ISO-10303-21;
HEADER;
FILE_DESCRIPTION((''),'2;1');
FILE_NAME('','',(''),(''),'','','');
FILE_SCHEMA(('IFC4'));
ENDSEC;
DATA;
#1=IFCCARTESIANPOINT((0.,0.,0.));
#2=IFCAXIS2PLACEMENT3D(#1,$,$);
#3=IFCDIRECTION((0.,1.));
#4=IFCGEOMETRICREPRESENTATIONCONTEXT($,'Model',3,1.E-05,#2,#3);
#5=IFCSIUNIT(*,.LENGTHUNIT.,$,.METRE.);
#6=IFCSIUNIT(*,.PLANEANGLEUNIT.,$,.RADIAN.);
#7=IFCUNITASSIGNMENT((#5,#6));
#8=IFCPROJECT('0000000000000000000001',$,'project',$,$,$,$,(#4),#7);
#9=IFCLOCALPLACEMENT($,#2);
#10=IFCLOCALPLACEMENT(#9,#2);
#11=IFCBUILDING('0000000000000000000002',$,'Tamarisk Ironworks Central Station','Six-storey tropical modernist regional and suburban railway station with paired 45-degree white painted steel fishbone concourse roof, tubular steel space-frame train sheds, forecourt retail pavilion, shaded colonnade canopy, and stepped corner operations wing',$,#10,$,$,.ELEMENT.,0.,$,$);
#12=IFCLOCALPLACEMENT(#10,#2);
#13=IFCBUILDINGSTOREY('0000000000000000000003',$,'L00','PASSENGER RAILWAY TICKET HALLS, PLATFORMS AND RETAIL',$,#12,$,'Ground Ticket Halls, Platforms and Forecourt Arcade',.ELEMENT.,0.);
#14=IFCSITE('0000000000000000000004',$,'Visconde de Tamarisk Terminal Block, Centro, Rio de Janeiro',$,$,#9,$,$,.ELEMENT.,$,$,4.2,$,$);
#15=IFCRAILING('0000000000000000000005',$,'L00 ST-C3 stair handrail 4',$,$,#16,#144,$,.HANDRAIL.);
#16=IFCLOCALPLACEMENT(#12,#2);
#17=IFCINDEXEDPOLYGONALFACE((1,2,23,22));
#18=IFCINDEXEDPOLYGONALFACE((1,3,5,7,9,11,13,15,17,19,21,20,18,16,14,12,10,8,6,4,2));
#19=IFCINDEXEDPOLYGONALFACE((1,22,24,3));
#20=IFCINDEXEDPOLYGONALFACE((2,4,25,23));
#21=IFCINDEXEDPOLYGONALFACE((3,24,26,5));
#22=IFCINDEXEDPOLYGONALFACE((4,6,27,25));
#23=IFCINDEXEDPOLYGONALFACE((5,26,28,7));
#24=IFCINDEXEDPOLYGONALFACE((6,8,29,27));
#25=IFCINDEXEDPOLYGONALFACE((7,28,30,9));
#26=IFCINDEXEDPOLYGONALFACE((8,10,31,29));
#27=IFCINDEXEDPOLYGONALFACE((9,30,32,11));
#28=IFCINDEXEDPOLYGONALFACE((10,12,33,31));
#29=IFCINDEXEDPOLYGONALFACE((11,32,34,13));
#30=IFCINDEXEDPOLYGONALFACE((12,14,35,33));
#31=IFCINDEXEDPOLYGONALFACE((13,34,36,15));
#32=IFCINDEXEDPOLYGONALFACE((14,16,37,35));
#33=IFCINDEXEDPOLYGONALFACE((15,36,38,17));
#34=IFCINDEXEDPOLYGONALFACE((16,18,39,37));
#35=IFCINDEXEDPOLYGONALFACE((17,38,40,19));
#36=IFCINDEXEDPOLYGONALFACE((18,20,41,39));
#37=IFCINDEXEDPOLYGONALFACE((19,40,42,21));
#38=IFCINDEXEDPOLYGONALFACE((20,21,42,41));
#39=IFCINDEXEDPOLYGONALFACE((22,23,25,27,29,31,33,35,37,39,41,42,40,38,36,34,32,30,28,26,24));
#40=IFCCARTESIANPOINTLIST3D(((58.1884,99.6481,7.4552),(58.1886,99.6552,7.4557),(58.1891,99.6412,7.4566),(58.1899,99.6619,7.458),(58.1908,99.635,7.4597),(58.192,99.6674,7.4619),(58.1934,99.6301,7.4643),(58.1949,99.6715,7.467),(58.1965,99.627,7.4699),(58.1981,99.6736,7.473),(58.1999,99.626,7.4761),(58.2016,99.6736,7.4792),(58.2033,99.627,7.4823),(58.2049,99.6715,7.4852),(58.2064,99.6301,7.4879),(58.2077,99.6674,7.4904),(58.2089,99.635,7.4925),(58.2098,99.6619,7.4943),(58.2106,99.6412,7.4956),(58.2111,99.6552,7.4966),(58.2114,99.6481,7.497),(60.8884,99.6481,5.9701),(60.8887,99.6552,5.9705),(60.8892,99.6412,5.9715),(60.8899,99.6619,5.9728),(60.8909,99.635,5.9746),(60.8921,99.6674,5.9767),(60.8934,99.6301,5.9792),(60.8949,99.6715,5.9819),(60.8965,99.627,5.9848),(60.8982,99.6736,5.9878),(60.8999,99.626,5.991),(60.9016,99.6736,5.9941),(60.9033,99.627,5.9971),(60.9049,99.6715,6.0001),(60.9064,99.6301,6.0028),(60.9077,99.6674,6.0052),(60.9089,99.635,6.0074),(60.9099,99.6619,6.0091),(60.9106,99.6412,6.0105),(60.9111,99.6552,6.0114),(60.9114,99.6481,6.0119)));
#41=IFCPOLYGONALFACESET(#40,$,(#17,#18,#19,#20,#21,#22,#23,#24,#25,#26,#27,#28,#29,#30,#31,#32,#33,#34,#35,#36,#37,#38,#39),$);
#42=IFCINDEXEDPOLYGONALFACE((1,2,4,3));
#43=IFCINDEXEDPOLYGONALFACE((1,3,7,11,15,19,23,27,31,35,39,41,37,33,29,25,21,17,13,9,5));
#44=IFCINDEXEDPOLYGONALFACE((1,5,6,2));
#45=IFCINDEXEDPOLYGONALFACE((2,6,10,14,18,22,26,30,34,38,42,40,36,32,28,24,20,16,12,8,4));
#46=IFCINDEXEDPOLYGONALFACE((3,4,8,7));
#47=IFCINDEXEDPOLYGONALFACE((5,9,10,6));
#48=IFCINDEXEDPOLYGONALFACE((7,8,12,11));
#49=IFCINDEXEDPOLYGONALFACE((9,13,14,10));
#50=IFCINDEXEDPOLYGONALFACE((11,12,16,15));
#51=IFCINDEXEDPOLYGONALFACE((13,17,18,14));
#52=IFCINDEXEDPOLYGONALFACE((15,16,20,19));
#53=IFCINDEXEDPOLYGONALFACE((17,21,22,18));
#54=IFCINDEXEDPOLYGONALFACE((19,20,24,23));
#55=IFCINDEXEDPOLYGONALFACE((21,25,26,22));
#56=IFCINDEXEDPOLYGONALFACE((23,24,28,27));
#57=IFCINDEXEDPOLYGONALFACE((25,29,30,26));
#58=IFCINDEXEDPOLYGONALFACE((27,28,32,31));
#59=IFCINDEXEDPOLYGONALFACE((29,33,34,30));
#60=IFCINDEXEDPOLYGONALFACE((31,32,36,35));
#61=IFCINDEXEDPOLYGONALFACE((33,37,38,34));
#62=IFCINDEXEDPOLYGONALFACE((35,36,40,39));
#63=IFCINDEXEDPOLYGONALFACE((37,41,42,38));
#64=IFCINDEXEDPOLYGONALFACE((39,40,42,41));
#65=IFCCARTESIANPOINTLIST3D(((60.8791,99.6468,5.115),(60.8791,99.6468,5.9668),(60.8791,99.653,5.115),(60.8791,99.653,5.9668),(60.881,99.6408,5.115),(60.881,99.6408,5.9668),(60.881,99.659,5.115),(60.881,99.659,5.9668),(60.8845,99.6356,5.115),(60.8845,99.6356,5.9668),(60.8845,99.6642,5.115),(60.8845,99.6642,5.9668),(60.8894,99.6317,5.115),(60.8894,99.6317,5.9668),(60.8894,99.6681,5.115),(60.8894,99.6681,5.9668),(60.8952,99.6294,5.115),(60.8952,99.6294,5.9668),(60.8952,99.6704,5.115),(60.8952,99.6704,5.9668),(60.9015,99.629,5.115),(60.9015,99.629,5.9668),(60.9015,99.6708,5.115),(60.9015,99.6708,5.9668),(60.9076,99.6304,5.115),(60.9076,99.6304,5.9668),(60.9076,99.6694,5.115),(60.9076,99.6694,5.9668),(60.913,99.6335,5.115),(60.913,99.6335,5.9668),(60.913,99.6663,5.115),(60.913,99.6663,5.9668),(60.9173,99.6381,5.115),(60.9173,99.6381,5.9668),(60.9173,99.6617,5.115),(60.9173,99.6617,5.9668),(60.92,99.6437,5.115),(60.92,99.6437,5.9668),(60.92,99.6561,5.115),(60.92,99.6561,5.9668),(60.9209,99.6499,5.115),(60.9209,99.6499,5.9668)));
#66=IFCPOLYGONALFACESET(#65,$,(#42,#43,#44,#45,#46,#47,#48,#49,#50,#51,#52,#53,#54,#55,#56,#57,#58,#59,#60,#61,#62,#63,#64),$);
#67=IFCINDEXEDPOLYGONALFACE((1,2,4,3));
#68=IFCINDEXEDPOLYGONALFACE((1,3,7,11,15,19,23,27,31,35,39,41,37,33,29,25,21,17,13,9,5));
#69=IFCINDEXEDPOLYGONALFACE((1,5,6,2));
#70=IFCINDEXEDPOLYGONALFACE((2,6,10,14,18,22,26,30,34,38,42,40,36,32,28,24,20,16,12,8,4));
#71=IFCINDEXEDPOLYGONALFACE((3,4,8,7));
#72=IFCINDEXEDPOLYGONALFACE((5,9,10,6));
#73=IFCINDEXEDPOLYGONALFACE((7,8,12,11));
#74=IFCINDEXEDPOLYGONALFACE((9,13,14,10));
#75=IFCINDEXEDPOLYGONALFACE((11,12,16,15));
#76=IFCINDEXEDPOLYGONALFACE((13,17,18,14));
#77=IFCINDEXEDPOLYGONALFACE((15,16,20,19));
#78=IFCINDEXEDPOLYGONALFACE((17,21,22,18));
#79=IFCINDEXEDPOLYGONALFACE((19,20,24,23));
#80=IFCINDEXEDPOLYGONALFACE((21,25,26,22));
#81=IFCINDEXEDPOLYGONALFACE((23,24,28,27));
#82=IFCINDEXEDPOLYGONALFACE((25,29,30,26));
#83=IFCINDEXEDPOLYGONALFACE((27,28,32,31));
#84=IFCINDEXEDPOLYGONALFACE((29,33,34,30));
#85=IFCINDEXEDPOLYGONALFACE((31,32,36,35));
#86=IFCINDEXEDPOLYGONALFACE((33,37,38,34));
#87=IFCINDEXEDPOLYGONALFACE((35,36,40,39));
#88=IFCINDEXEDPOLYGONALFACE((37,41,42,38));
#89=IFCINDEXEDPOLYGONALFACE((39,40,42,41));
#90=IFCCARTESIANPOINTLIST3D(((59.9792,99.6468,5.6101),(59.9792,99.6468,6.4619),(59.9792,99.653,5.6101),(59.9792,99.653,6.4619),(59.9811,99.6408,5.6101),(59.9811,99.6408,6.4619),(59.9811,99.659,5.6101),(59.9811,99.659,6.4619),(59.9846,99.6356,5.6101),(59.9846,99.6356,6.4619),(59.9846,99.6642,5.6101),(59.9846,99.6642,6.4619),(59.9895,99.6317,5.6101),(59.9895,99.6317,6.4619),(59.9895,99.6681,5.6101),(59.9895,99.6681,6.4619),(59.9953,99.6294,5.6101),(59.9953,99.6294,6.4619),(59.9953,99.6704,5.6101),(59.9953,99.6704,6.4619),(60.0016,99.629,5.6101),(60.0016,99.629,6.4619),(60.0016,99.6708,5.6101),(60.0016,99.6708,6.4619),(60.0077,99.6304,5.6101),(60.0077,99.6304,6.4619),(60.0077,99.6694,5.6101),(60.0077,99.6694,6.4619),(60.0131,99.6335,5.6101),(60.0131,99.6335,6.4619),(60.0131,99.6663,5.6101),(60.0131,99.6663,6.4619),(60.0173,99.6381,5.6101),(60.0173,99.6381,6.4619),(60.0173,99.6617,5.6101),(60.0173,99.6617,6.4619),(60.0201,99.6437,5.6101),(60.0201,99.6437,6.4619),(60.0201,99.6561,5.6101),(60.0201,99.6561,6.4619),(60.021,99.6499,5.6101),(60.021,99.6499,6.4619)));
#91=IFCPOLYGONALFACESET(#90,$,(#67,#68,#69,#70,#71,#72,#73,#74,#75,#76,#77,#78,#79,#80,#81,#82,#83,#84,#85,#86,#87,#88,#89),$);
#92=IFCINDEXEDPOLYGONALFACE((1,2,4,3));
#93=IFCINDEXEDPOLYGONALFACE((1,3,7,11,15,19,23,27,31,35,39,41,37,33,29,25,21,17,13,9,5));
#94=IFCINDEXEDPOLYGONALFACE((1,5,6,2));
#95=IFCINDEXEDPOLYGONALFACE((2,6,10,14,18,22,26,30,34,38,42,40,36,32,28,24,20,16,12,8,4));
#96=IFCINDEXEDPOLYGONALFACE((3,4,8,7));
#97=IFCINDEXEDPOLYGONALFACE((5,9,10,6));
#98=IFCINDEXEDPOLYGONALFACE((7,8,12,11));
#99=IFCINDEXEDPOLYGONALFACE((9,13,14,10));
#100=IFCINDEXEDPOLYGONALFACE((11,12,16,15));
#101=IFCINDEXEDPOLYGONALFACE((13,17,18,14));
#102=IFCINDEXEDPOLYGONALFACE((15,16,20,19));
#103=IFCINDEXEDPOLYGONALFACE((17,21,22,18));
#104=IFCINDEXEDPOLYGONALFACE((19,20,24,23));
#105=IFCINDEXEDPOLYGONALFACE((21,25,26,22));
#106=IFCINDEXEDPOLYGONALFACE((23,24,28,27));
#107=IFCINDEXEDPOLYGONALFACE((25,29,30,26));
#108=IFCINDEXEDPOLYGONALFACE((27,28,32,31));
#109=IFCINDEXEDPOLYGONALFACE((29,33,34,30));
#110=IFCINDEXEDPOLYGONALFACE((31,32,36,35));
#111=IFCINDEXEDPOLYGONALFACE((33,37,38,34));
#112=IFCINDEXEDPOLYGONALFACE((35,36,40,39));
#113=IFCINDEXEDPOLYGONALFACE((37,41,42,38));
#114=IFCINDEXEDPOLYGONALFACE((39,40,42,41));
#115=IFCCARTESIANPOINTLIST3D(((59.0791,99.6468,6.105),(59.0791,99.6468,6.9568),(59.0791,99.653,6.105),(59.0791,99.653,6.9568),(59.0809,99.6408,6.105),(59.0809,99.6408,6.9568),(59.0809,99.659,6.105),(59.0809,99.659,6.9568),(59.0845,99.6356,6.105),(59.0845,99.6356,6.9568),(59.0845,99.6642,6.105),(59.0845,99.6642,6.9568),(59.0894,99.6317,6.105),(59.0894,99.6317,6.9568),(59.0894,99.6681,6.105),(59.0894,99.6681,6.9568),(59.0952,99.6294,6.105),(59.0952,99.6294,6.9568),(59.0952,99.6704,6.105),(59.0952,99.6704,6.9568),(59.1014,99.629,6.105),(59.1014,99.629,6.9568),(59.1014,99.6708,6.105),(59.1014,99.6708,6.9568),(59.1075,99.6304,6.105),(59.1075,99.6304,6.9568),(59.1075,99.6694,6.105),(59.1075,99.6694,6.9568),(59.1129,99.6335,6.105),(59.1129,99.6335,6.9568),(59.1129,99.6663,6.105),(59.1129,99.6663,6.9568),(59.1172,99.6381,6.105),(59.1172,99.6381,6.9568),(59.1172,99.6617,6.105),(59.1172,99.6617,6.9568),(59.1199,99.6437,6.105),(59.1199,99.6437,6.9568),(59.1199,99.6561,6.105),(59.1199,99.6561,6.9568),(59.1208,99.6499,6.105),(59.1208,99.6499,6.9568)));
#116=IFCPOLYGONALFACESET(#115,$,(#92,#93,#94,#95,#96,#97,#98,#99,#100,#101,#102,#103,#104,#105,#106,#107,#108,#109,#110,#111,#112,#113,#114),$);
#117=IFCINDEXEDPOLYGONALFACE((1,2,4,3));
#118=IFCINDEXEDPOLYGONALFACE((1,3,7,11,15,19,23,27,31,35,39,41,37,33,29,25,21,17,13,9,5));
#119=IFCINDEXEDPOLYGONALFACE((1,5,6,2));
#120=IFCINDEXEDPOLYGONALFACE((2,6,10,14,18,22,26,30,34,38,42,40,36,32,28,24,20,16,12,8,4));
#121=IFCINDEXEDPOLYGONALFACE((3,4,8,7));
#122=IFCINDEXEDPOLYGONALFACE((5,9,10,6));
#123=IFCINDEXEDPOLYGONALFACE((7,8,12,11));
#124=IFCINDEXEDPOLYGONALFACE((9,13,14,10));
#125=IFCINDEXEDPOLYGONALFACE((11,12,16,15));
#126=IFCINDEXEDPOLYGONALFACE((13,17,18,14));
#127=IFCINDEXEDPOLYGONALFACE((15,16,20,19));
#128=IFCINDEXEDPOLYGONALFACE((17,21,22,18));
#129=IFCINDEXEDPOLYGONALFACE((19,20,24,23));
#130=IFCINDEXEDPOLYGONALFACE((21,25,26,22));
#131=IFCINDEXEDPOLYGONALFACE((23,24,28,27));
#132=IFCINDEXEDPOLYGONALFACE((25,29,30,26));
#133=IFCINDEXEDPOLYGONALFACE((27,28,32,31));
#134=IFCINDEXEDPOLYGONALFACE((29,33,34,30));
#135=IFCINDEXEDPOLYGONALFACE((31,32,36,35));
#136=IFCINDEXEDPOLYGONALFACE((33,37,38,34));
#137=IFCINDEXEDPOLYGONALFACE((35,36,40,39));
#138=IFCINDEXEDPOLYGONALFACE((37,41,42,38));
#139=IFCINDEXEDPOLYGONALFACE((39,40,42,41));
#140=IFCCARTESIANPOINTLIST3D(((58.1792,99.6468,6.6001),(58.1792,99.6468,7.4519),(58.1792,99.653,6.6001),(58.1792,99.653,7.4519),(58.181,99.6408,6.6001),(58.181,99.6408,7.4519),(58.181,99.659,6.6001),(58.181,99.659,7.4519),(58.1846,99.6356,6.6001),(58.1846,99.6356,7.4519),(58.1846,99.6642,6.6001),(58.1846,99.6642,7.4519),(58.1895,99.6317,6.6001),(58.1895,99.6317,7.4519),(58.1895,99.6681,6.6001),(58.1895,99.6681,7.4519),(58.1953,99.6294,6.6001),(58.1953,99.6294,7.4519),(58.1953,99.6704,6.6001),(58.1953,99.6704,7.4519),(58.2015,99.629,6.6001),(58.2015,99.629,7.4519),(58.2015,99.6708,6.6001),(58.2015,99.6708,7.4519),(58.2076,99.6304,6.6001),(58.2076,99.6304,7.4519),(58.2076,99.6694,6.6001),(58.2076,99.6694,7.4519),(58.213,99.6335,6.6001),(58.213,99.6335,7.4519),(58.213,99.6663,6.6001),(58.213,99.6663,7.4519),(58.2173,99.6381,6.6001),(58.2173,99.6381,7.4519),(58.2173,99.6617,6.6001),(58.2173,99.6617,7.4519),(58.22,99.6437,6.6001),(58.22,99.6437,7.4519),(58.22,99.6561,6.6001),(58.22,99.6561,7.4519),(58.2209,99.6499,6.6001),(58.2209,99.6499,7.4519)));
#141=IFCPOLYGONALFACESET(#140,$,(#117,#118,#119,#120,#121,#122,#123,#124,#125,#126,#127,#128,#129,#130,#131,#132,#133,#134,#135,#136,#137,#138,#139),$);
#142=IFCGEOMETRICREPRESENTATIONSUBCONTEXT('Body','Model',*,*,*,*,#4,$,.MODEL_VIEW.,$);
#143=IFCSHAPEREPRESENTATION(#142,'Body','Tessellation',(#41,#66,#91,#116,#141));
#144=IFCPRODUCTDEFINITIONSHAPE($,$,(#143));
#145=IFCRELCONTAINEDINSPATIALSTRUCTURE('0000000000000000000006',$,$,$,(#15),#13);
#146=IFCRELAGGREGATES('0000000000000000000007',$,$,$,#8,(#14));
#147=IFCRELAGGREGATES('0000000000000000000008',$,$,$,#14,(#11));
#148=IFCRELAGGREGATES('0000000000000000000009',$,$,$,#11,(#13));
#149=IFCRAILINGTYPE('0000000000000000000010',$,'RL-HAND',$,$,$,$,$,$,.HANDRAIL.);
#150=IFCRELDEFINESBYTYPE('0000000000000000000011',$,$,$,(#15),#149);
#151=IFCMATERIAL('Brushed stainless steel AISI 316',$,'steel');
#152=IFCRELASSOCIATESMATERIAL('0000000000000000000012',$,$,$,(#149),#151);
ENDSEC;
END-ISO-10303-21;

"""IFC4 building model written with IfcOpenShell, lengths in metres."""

from ifc_helpers import new_model, si_unit, direction, frame, origin, origin_2d, place, context, subcontext, project, spatial, circle, extrude, material, type_object, element, save


model = new_model("IFC4")

# Units and contexts
model_context = context("Model", 3, precision=1e-05, world=origin(), true_north=direction((0.0, 1.0)))
body_context = subcontext(model_context, "Body", "Model", "MODEL_VIEW")
ifc_project = project(units=[si_unit("LENGTHUNIT", "METRE"), si_unit("PLANEANGLEUNIT", "RADIAN")], contexts=[model_context])

# Site, building, storey
site_placement = place(None, origin())
site = spatial("IfcSite", under=ifc_project, at=site_placement, Name="Visconde de Tamarisk Terminal Block, Centro, Rio de Janeiro", CompositionType="ELEMENT", RefElevation=4.2)
building_placement = place(site_placement, origin())
building = spatial("IfcBuilding", under=site, at=building_placement, Name="Tamarisk Ironworks Central Station", Description="Six-storey tropical modernist regional and suburban railway station with paired 45-degree white painted steel fishbone concourse roof, tubular steel space-frame train sheds, forecourt retail pavilion, shaded colonnade canopy, and stepped corner operations wing", CompositionType="ELEMENT", ElevationOfRefHeight=0.0)
storey_placement = place(building_placement, origin())
storey = spatial("IfcBuildingStorey", under=building, at=storey_placement, Name="L00", Description="PASSENGER RAILWAY TICKET HALLS, PLATFORMS AND RETAIL", LongName="Ground Ticket Halls, Platforms and Forecourt Arcade", CompositionType="ELEMENT", Elevation=0.0)

# Railing
ifc_material_1 = material(Name="Brushed stainless steel AISI 316", Category="steel")
railing_type_1 = type_object("IfcRailingType", Name="RL-HAND", PredefinedType="HANDRAIL", material=ifc_material_1)
for number, where, name in (
    (1, (60.8999, 99.6499, 5.115), "L00 ST-C3 stair handrail 4"),
):
    element("IfcRailing", number, at=place(storey_placement, frame(where)), inside=storey, type_object=railing_type_1, Name=name, PredefinedType="HANDRAIL", context=body_context, shape_type="SweptSolid", body=[
        extrude(circle(Radius=0.0239, at=origin_2d()), frame((0.0, 0.0, 0.876), z_axis=(-0.876198, 0.0, 0.481952), x_axis=(0.0, -1.0, 0.0)), (0.0, 0.0, 1.0), 3.0815),
        extrude(circle(Radius=0.021, at=origin_2d()), origin(), (0.0, 0.0, 1.0), 0.8518),
        extrude(circle(Radius=0.021, at=origin_2d()), frame((-0.8999, 0.0, 0.4951)), (0.0, 0.0, 1.0), 0.8518),
        extrude(circle(Radius=0.021, at=origin_2d()), frame((-1.8, 0.0, 0.99)), (0.0, 0.0, 1.0), 0.8518),
        extrude(circle(Radius=0.021, at=origin_2d()), frame((-2.7, 0.0, 1.4851)), (0.0, 0.0, 1.0), 0.8518),
    ])

save(model, "model.ifc")
